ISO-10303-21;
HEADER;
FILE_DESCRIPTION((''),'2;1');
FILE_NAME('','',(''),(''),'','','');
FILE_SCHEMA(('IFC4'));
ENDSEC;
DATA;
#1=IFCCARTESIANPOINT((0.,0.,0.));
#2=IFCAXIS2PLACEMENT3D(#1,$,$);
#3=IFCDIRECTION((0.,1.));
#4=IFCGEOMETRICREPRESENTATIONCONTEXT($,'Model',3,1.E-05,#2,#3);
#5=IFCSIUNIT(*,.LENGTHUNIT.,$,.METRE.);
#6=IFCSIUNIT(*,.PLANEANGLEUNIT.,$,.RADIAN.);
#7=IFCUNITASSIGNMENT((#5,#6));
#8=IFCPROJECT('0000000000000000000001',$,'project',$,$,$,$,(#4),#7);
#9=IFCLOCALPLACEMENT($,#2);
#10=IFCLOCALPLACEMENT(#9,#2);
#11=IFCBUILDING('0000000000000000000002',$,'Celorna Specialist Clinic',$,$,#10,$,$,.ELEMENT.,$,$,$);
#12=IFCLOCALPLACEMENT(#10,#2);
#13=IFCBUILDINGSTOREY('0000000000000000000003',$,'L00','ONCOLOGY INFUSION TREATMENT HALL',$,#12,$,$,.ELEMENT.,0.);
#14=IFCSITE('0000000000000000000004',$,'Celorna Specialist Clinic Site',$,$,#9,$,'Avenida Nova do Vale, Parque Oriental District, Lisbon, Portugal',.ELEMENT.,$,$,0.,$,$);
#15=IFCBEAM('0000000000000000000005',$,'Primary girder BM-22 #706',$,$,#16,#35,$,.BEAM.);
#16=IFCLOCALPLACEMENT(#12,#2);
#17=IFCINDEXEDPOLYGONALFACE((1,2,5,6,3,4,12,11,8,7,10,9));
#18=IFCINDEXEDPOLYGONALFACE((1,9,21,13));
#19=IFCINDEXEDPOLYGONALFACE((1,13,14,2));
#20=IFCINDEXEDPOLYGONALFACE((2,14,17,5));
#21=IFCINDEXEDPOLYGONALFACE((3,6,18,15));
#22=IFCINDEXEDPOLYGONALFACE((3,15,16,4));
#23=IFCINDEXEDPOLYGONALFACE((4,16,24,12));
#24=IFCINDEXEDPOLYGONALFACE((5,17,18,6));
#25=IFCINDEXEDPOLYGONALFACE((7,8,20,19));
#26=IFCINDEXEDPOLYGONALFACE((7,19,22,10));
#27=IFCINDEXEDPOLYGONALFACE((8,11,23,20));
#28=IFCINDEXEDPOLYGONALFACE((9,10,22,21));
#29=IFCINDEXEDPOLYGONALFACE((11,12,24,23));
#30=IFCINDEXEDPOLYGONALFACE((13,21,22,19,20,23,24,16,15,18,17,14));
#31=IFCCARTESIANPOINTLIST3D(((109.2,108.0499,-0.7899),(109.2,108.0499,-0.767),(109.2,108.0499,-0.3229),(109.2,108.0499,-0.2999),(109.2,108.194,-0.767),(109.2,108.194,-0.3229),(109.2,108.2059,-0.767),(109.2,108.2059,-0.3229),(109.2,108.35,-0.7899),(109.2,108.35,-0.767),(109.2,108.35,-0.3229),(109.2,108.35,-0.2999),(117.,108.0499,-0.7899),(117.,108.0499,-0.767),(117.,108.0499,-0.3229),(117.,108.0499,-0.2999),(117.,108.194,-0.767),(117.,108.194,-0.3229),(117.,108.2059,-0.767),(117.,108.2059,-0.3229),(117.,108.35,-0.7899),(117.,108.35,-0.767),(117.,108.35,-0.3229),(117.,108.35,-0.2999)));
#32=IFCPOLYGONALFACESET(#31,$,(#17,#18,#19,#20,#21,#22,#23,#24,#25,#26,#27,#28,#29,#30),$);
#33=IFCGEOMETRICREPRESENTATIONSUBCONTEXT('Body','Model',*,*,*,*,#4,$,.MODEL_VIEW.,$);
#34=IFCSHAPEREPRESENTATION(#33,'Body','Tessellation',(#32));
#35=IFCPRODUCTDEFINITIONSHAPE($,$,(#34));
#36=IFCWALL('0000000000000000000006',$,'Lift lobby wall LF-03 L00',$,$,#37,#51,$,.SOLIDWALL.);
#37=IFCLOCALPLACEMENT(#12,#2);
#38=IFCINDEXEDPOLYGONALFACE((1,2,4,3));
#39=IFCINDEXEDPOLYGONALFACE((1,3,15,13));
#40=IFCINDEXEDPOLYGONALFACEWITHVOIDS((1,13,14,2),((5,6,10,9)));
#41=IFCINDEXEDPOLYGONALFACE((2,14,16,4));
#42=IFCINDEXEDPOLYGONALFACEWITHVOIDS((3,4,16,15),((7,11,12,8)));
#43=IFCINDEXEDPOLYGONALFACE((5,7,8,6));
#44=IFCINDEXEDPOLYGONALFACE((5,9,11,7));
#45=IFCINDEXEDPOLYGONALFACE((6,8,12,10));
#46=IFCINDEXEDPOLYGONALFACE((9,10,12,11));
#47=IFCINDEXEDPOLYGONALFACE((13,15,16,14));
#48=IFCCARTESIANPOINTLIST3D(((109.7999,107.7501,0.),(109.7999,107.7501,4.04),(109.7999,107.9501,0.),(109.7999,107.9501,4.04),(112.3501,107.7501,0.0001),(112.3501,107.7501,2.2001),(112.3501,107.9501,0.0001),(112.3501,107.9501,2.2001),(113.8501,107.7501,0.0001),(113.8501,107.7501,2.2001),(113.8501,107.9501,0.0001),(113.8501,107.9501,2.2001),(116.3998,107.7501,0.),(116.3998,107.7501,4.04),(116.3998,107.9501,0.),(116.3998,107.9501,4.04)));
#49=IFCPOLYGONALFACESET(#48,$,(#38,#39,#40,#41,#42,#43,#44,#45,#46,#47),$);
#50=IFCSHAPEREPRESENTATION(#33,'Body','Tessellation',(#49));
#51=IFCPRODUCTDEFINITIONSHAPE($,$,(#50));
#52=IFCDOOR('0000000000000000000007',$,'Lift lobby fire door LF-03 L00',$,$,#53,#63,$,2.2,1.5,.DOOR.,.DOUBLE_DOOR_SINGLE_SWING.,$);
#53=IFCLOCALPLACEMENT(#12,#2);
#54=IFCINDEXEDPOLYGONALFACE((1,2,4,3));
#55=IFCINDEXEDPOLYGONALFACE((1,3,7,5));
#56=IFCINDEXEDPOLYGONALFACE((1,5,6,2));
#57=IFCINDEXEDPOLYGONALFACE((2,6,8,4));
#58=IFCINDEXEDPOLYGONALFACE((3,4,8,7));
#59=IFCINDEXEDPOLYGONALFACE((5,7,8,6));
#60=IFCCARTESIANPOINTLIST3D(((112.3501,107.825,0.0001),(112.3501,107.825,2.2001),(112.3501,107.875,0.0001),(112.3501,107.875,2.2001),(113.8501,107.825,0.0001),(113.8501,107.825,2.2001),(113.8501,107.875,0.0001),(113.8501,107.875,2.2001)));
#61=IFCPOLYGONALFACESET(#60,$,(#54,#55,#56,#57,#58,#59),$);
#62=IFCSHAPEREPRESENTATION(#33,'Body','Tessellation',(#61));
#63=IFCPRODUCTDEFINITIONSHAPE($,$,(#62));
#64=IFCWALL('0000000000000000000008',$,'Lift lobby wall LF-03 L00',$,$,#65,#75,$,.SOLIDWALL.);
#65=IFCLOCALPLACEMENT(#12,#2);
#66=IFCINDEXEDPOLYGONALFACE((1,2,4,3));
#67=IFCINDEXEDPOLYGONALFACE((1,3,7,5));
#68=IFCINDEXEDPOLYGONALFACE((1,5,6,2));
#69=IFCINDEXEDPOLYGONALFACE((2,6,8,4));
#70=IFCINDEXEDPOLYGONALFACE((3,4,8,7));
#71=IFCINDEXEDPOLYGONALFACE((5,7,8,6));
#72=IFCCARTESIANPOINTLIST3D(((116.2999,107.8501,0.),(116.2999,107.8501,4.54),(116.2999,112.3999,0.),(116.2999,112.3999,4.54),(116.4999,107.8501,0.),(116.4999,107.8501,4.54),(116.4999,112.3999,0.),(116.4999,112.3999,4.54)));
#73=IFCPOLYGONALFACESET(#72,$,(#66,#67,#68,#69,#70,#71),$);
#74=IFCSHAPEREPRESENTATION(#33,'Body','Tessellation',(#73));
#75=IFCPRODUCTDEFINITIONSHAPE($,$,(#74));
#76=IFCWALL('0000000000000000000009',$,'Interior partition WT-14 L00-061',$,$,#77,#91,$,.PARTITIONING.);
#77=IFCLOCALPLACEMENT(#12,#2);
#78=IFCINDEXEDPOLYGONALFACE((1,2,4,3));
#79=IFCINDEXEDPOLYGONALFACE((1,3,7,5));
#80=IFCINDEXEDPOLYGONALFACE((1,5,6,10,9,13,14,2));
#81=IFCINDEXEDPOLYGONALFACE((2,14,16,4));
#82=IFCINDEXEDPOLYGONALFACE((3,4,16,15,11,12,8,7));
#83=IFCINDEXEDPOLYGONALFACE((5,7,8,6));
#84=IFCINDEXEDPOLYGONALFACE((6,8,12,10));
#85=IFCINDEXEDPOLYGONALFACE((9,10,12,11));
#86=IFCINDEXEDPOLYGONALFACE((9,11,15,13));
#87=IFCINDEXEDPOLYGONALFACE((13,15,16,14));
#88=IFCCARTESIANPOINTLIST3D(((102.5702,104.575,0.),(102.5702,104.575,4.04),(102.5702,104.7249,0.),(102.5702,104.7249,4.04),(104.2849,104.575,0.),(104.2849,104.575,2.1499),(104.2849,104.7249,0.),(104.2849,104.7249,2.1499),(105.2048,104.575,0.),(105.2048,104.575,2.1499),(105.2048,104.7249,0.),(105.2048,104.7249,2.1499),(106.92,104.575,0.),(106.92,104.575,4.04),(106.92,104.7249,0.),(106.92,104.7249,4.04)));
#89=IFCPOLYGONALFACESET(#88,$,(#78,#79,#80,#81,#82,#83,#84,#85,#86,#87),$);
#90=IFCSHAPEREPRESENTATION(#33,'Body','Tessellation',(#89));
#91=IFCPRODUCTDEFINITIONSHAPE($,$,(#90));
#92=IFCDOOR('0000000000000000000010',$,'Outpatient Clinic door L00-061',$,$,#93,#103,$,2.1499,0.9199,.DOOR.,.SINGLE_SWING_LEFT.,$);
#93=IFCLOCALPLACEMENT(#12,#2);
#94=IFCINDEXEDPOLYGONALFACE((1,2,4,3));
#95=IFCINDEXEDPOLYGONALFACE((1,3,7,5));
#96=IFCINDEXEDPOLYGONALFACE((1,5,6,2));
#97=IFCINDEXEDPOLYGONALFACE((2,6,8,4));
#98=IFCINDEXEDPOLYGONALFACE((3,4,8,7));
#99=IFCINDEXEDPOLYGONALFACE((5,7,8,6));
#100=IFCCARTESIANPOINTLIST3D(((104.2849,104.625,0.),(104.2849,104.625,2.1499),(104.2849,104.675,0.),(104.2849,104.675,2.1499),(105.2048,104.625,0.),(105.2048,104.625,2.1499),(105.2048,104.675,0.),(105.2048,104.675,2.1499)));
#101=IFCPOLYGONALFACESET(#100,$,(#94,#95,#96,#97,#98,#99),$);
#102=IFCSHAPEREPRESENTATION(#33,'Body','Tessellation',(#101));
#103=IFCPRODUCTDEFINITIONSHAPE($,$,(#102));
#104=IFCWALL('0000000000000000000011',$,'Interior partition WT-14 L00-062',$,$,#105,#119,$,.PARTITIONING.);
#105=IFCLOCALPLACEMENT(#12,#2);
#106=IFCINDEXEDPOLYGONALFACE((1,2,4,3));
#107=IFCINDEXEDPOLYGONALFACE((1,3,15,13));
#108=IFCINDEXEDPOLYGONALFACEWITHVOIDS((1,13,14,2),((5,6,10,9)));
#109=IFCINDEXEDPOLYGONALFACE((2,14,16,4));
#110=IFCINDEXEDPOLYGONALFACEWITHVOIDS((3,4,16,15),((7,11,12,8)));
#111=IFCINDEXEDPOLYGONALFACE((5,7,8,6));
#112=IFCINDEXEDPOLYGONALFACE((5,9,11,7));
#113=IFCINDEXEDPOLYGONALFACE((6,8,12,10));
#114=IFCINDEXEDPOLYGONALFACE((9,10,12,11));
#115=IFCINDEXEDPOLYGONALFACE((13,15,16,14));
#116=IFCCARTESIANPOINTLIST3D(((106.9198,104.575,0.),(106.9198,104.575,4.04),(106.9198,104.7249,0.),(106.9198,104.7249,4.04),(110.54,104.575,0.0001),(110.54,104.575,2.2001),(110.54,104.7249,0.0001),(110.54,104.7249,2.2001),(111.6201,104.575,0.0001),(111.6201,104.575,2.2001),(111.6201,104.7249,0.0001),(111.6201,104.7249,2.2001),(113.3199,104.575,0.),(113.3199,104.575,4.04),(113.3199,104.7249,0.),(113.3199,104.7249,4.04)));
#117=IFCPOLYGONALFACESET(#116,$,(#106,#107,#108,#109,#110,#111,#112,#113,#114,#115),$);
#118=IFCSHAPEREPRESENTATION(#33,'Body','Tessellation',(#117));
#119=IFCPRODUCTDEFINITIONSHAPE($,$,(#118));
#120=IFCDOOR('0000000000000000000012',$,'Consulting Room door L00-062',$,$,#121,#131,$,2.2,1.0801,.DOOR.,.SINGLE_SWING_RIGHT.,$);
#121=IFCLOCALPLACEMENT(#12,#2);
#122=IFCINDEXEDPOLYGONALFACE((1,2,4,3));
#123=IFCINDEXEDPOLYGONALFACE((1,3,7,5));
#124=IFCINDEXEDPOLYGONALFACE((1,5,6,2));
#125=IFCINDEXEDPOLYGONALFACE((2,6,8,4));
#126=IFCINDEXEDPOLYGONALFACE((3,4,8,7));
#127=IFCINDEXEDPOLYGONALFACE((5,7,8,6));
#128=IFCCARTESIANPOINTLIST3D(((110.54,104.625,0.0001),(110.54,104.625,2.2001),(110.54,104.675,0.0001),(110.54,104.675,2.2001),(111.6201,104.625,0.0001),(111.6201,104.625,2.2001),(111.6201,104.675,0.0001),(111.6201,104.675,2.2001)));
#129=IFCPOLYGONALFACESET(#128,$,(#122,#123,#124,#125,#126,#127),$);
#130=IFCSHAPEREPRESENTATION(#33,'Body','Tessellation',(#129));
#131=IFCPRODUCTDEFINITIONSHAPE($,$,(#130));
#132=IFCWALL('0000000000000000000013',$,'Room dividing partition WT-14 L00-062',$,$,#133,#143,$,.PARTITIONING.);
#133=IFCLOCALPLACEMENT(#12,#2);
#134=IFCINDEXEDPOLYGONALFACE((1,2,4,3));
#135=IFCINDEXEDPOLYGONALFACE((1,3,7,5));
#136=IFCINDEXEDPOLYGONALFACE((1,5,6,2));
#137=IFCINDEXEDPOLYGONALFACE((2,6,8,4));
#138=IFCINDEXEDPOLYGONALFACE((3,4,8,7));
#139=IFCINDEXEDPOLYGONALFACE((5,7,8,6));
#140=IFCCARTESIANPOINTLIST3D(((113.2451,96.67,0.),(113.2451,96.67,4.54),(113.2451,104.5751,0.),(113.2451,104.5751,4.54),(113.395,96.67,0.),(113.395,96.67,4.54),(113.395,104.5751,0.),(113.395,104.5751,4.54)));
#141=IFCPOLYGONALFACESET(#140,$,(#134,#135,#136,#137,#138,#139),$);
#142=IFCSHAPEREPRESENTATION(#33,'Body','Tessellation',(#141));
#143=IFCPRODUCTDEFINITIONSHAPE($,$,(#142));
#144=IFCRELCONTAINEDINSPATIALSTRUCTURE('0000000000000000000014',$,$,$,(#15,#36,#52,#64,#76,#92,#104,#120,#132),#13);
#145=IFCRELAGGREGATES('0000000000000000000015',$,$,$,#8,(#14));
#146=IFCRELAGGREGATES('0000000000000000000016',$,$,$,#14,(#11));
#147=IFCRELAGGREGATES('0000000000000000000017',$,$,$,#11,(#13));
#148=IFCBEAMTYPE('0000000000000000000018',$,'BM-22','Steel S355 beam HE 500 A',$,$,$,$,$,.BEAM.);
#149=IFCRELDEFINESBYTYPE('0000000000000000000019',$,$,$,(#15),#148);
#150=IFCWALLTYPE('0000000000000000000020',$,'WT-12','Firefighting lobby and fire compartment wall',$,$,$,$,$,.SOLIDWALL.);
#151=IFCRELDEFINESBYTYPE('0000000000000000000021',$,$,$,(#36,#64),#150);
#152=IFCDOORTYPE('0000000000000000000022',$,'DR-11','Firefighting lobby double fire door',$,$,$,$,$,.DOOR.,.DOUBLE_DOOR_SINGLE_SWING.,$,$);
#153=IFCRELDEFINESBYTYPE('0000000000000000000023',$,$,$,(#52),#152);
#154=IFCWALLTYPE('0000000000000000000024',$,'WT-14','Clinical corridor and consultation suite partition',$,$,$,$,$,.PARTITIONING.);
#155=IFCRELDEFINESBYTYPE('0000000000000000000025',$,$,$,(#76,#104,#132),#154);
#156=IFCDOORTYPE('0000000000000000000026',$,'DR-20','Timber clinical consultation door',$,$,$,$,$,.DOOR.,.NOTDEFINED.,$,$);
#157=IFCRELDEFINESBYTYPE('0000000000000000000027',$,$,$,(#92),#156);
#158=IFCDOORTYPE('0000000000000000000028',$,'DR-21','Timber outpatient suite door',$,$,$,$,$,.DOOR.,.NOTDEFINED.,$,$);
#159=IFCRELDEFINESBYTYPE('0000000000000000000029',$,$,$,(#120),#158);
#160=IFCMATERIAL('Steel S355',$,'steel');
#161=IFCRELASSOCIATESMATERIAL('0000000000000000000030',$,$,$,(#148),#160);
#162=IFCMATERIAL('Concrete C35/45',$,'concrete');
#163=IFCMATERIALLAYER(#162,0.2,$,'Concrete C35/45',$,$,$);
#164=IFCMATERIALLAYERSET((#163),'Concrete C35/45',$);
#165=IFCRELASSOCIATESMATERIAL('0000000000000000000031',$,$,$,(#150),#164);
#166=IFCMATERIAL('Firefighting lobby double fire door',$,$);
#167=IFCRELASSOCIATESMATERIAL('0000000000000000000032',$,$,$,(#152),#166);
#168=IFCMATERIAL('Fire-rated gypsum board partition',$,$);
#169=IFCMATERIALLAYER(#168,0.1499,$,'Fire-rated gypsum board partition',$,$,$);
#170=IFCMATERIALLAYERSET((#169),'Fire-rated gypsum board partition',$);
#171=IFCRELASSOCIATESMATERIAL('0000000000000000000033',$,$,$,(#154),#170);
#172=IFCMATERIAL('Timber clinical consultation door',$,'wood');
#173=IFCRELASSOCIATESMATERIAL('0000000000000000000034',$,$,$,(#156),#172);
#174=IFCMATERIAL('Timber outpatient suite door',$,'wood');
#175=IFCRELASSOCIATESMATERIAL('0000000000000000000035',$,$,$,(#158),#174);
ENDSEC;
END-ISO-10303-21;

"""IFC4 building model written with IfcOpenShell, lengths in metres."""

from ifc_helpers import new_model, si_unit, direction, frame, frame_2d, origin, origin_2d, place, context, subcontext, project, spatial, rectangle, i_section, extrude, material, layer, layer_set, material_profile, profile_set, type_object, element, fill, save


model = new_model("IFC4")

# Units and contexts
model_context = context("Model", 3, precision=1e-05, world=origin(), true_north=direction((0.0, 1.0)))
body_context = subcontext(model_context, "Body", "Model", "MODEL_VIEW")
ifc_project = project(units=[si_unit("LENGTHUNIT", "METRE"), si_unit("PLANEANGLEUNIT", "RADIAN")], contexts=[model_context])

# Site, building, storey
site_placement = place(None, origin())
site = spatial("IfcSite", under=ifc_project, at=site_placement, Name="Celorna Specialist Clinic Site", LongName="Avenida Nova do Vale, Parque Oriental District, Lisbon, Portugal", CompositionType="ELEMENT", RefElevation=0.0)
building_placement = place(site_placement, origin())
building = spatial("IfcBuilding", under=site, at=building_placement, Name="Celorna Specialist Clinic", CompositionType="ELEMENT")
storey_placement = place(building_placement, origin())
storey = spatial("IfcBuildingStorey", under=building, at=storey_placement, Name="L00", Description="ONCOLOGY INFUSION TREATMENT HALL", CompositionType="ELEMENT", Elevation=0.0)

# Beam
ifc_material_1 = material(Name="Steel S355", Category="steel")
ifc_material_profile_1 = material_profile(ifc_material_1, i_section(OverallWidth=0.3, OverallDepth=0.49, WebThickness=0.012, FlangeThickness=0.0229, at=origin_2d()), Name="HE 500 A")
ifc_profile_set_1 = profile_set([ifc_material_profile_1], Name="Steel S355")
beam_type_1 = type_object("IfcBeamType", Name="BM-22", Description="Steel S355 beam HE 500 A", PredefinedType="BEAM", material=ifc_profile_set_1)
for number, where, z_axis, x_axis, name in (
    (1, (109.2, 108.2, -0.5449), (1.0, 0.0, 0.0), (0.0, 1.0, 0.0), "Primary girder BM-22 #706"),
):
    element("IfcBeam", number, at=place(storey_placement, frame(where, z_axis=z_axis, x_axis=x_axis)), inside=storey, type_object=beam_type_1, Name=name, PredefinedType="BEAM", context=body_context, shape_type="SweptSolid", body=[
        extrude(i_section(OverallWidth=0.3, OverallDepth=0.49, WebThickness=0.012, FlangeThickness=0.0229, at=origin_2d()), origin(), (0.0, 0.0, 1.0), 7.8),
    ])

# Wall, opening, door
ifc_material_2 = material(Name="Concrete C35/45", Category="concrete")
ifc_layer_1 = layer(ifc_material_2, 0.2, Name="Concrete C35/45")
ifc_layer_set_1 = layer_set([ifc_layer_1], Name="Concrete C35/45")
wall_type_1 = type_object("IfcWallType", Name="WT-12", Description="Firefighting lobby and fire compartment wall", PredefinedType="SOLIDWALL", material=ifc_layer_set_1)
wall_1_placement = place(storey_placement, frame((109.8, 107.8501, 0.0), z_axis=(0.0, 0.0, 1.0), x_axis=(1.0, 0.0, 0.0)))
wall_1 = element("IfcWall", 2, at=wall_1_placement, inside=storey, type_object=wall_type_1, Name="Lift lobby wall LF-03 L00", PredefinedType="SOLIDWALL", context=body_context, shape_type="SweptSolid", body=[
    extrude(rectangle(XDim=6.5999, YDim=0.2, at=frame_2d((3.2998, 0.0))), origin(), (0.0, 0.0, 1.0), 4.04),
])
opening_1_placement = place(wall_1_placement, frame((2.55, 0.0, 0.0)))
opening_1 = element("IfcOpeningElement", 3, at=opening_1_placement, cuts=wall_1, PredefinedType="OPENING", context=body_context, shape_type="SweptSolid", body=[
    extrude(rectangle(XDim=1.5, YDim=2.2, at=frame_2d((0.75, 1.1001))), frame((0.0, 0.1099, 0.0), z_axis=(0.0, -1.0, 0.0), x_axis=(1.0, 0.0, 0.0)), (0.0, 0.0, 1.0), 0.22),
])
ifc_material_3 = material(Name="Firefighting lobby double fire door")
door_type_1 = type_object("IfcDoorType", Name="DR-11", Description="Firefighting lobby double fire door", OperationType="DOUBLE_DOOR_SINGLE_SWING", PredefinedType="DOOR", material=ifc_material_3)
door_1_placement = place(opening_1_placement, origin())
door_1 = element("IfcDoor", 4, at=door_1_placement, inside=storey, type_object=door_type_1, Name="Lift lobby fire door LF-03 L00", OperationType="DOUBLE_DOOR_SINGLE_SWING", OverallHeight=2.2, OverallWidth=1.5, PredefinedType="DOOR", context=body_context, shape_type="SweptSolid", body=[
    extrude(rectangle(XDim=1.5, YDim=2.2, at=frame_2d((0.75, 1.1001))), frame((0.0, 0.0249, 0.0), z_axis=(0.0, -1.0, 0.0), x_axis=(1.0, 0.0, 0.0)), (0.0, 0.0, 1.0), 0.05),
])
fill(opening_1, door_1)

# Wall
wall_2_placement = place(storey_placement, frame((116.3999, 107.8501, 0.0), z_axis=(0.0, 0.0, 1.0), x_axis=(0.0, 1.0, 0.0)))
element("IfcWall", 5, at=wall_2_placement, inside=storey, type_object=wall_type_1, Name="Lift lobby wall LF-03 L00", PredefinedType="SOLIDWALL", context=body_context, shape_type="SweptSolid", body=[
    extrude(rectangle(XDim=4.5498, YDim=0.2, at=frame_2d((2.2749, 0.0))), origin(), (0.0, 0.0, 1.0), 4.54),
])

# Walls, openings, doors
ifc_material_4 = material(Name="Fire-rated gypsum board partition")
ifc_layer_2 = layer(ifc_material_4, 0.1499, Name="Fire-rated gypsum board partition")
ifc_layer_set_2 = layer_set([ifc_layer_2], Name="Fire-rated gypsum board partition")
wall_type_2 = type_object("IfcWallType", Name="WT-14", Description="Clinical corridor and consultation suite partition", PredefinedType="PARTITIONING", material=ifc_layer_set_2)
wall_3_placement = place(storey_placement, frame((106.9199, 104.6499, 0.0), z_axis=(0.0, 0.0, 1.0), x_axis=(-1.0, 0.0, 0.0)))
wall_3 = element("IfcWall", 6, at=wall_3_placement, inside=storey, type_object=wall_type_2, Name="Interior partition WT-14 L00-061", PredefinedType="PARTITIONING", context=body_context, shape_type="SweptSolid", body=[
    extrude(rectangle(XDim=4.3499, YDim=0.1499, at=frame_2d((2.1748, 0.0))), origin(), (0.0, 0.0, 1.0), 4.04),
])
opening_2_placement = place(wall_3_placement, frame((1.7151, 0.0, 0.0)))
opening_2 = element("IfcOpeningElement", 7, at=opening_2_placement, cuts=wall_3, PredefinedType="OPENING", context=body_context, shape_type="SweptSolid", body=[
    extrude(rectangle(XDim=0.9199, YDim=2.1499, at=frame_2d((0.46, 1.075))), frame((0.0, 0.085, 0.0), z_axis=(0.0, -1.0, 0.0), x_axis=(1.0, 0.0, 0.0)), (0.0, 0.0, 1.0), 0.1699),
])
ifc_material_5 = material(Name="Timber clinical consultation door", Category="wood")
door_type_2 = type_object("IfcDoorType", Name="DR-20", Description="Timber clinical consultation door", OperationType="NOTDEFINED", PredefinedType="DOOR", material=ifc_material_5)
door_2_placement = place(opening_2_placement, origin())
door_2 = element("IfcDoor", 8, at=door_2_placement, inside=storey, type_object=door_type_2, Name="Outpatient Clinic door L00-061", OperationType="SINGLE_SWING_LEFT", OverallHeight=2.1499, OverallWidth=0.9199, PredefinedType="DOOR", context=body_context, shape_type="SweptSolid", body=[
    extrude(rectangle(XDim=0.9199, YDim=2.1499, at=frame_2d((0.46, 1.075))), frame((0.0, 0.0249, 0.0), z_axis=(0.0, -1.0, 0.0), x_axis=(1.0, 0.0, 0.0)), (0.0, 0.0, 1.0), 0.05),
])
fill(opening_2, door_2)
wall_4_placement = place(storey_placement, frame((113.3201, 104.6499, 0.0), z_axis=(0.0, 0.0, 1.0), x_axis=(-1.0, 0.0, 0.0)))
wall_4 = element("IfcWall", 9, at=wall_4_placement, inside=storey, type_object=wall_type_2, Name="Interior partition WT-14 L00-062", PredefinedType="PARTITIONING", context=body_context, shape_type="SweptSolid", body=[
    extrude(rectangle(XDim=6.4001, YDim=0.1499, at=frame_2d((3.2002, 0.0))), origin(), (0.0, 0.0, 1.0), 4.04),
])
opening_3_placement = place(wall_4_placement, frame((1.7, 0.0, 0.0)))
opening_3 = element("IfcOpeningElement", 10, at=opening_3_placement, cuts=wall_4, PredefinedType="OPENING", context=body_context, shape_type="SweptSolid", body=[
    extrude(rectangle(XDim=1.0801, YDim=2.2, at=frame_2d((0.54, 1.1001))), frame((0.0, 0.085, 0.0), z_axis=(0.0, -1.0, 0.0), x_axis=(1.0, 0.0, 0.0)), (0.0, 0.0, 1.0), 0.1699),
])
ifc_material_6 = material(Name="Timber outpatient suite door", Category="wood")
door_type_3 = type_object("IfcDoorType", Name="DR-21", Description="Timber outpatient suite door", OperationType="NOTDEFINED", PredefinedType="DOOR", material=ifc_material_6)
door_3_placement = place(opening_3_placement, origin())
door_3 = element("IfcDoor", 11, at=door_3_placement, inside=storey, type_object=door_type_3, Name="Consulting Room door L00-062", OperationType="SINGLE_SWING_RIGHT", OverallHeight=2.2, OverallWidth=1.0801, PredefinedType="DOOR", context=body_context, shape_type="SweptSolid", body=[
    extrude(rectangle(XDim=1.0801, YDim=2.2, at=frame_2d((0.54, 1.1001))), frame((0.0, 0.0249, 0.0), z_axis=(0.0, -1.0, 0.0), x_axis=(1.0, 0.0, 0.0)), (0.0, 0.0, 1.0), 0.05),
])
fill(opening_3, door_3)

# Wall
wall_5_placement = place(storey_placement, frame((113.3201, 96.6699, 0.0), z_axis=(0.0, 0.0, 1.0), x_axis=(0.0, 1.0, 0.0)))
element("IfcWall", 12, at=wall_5_placement, inside=storey, type_object=wall_type_2, Name="Room dividing partition WT-14 L00-062", PredefinedType="PARTITIONING", context=body_context, shape_type="SweptSolid", body=[
    extrude(rectangle(XDim=7.905, YDim=0.1499, at=frame_2d((3.9526, 0.0))), origin(), (0.0, 0.0, 1.0), 4.54),
])

save(model, "model.ifc")
